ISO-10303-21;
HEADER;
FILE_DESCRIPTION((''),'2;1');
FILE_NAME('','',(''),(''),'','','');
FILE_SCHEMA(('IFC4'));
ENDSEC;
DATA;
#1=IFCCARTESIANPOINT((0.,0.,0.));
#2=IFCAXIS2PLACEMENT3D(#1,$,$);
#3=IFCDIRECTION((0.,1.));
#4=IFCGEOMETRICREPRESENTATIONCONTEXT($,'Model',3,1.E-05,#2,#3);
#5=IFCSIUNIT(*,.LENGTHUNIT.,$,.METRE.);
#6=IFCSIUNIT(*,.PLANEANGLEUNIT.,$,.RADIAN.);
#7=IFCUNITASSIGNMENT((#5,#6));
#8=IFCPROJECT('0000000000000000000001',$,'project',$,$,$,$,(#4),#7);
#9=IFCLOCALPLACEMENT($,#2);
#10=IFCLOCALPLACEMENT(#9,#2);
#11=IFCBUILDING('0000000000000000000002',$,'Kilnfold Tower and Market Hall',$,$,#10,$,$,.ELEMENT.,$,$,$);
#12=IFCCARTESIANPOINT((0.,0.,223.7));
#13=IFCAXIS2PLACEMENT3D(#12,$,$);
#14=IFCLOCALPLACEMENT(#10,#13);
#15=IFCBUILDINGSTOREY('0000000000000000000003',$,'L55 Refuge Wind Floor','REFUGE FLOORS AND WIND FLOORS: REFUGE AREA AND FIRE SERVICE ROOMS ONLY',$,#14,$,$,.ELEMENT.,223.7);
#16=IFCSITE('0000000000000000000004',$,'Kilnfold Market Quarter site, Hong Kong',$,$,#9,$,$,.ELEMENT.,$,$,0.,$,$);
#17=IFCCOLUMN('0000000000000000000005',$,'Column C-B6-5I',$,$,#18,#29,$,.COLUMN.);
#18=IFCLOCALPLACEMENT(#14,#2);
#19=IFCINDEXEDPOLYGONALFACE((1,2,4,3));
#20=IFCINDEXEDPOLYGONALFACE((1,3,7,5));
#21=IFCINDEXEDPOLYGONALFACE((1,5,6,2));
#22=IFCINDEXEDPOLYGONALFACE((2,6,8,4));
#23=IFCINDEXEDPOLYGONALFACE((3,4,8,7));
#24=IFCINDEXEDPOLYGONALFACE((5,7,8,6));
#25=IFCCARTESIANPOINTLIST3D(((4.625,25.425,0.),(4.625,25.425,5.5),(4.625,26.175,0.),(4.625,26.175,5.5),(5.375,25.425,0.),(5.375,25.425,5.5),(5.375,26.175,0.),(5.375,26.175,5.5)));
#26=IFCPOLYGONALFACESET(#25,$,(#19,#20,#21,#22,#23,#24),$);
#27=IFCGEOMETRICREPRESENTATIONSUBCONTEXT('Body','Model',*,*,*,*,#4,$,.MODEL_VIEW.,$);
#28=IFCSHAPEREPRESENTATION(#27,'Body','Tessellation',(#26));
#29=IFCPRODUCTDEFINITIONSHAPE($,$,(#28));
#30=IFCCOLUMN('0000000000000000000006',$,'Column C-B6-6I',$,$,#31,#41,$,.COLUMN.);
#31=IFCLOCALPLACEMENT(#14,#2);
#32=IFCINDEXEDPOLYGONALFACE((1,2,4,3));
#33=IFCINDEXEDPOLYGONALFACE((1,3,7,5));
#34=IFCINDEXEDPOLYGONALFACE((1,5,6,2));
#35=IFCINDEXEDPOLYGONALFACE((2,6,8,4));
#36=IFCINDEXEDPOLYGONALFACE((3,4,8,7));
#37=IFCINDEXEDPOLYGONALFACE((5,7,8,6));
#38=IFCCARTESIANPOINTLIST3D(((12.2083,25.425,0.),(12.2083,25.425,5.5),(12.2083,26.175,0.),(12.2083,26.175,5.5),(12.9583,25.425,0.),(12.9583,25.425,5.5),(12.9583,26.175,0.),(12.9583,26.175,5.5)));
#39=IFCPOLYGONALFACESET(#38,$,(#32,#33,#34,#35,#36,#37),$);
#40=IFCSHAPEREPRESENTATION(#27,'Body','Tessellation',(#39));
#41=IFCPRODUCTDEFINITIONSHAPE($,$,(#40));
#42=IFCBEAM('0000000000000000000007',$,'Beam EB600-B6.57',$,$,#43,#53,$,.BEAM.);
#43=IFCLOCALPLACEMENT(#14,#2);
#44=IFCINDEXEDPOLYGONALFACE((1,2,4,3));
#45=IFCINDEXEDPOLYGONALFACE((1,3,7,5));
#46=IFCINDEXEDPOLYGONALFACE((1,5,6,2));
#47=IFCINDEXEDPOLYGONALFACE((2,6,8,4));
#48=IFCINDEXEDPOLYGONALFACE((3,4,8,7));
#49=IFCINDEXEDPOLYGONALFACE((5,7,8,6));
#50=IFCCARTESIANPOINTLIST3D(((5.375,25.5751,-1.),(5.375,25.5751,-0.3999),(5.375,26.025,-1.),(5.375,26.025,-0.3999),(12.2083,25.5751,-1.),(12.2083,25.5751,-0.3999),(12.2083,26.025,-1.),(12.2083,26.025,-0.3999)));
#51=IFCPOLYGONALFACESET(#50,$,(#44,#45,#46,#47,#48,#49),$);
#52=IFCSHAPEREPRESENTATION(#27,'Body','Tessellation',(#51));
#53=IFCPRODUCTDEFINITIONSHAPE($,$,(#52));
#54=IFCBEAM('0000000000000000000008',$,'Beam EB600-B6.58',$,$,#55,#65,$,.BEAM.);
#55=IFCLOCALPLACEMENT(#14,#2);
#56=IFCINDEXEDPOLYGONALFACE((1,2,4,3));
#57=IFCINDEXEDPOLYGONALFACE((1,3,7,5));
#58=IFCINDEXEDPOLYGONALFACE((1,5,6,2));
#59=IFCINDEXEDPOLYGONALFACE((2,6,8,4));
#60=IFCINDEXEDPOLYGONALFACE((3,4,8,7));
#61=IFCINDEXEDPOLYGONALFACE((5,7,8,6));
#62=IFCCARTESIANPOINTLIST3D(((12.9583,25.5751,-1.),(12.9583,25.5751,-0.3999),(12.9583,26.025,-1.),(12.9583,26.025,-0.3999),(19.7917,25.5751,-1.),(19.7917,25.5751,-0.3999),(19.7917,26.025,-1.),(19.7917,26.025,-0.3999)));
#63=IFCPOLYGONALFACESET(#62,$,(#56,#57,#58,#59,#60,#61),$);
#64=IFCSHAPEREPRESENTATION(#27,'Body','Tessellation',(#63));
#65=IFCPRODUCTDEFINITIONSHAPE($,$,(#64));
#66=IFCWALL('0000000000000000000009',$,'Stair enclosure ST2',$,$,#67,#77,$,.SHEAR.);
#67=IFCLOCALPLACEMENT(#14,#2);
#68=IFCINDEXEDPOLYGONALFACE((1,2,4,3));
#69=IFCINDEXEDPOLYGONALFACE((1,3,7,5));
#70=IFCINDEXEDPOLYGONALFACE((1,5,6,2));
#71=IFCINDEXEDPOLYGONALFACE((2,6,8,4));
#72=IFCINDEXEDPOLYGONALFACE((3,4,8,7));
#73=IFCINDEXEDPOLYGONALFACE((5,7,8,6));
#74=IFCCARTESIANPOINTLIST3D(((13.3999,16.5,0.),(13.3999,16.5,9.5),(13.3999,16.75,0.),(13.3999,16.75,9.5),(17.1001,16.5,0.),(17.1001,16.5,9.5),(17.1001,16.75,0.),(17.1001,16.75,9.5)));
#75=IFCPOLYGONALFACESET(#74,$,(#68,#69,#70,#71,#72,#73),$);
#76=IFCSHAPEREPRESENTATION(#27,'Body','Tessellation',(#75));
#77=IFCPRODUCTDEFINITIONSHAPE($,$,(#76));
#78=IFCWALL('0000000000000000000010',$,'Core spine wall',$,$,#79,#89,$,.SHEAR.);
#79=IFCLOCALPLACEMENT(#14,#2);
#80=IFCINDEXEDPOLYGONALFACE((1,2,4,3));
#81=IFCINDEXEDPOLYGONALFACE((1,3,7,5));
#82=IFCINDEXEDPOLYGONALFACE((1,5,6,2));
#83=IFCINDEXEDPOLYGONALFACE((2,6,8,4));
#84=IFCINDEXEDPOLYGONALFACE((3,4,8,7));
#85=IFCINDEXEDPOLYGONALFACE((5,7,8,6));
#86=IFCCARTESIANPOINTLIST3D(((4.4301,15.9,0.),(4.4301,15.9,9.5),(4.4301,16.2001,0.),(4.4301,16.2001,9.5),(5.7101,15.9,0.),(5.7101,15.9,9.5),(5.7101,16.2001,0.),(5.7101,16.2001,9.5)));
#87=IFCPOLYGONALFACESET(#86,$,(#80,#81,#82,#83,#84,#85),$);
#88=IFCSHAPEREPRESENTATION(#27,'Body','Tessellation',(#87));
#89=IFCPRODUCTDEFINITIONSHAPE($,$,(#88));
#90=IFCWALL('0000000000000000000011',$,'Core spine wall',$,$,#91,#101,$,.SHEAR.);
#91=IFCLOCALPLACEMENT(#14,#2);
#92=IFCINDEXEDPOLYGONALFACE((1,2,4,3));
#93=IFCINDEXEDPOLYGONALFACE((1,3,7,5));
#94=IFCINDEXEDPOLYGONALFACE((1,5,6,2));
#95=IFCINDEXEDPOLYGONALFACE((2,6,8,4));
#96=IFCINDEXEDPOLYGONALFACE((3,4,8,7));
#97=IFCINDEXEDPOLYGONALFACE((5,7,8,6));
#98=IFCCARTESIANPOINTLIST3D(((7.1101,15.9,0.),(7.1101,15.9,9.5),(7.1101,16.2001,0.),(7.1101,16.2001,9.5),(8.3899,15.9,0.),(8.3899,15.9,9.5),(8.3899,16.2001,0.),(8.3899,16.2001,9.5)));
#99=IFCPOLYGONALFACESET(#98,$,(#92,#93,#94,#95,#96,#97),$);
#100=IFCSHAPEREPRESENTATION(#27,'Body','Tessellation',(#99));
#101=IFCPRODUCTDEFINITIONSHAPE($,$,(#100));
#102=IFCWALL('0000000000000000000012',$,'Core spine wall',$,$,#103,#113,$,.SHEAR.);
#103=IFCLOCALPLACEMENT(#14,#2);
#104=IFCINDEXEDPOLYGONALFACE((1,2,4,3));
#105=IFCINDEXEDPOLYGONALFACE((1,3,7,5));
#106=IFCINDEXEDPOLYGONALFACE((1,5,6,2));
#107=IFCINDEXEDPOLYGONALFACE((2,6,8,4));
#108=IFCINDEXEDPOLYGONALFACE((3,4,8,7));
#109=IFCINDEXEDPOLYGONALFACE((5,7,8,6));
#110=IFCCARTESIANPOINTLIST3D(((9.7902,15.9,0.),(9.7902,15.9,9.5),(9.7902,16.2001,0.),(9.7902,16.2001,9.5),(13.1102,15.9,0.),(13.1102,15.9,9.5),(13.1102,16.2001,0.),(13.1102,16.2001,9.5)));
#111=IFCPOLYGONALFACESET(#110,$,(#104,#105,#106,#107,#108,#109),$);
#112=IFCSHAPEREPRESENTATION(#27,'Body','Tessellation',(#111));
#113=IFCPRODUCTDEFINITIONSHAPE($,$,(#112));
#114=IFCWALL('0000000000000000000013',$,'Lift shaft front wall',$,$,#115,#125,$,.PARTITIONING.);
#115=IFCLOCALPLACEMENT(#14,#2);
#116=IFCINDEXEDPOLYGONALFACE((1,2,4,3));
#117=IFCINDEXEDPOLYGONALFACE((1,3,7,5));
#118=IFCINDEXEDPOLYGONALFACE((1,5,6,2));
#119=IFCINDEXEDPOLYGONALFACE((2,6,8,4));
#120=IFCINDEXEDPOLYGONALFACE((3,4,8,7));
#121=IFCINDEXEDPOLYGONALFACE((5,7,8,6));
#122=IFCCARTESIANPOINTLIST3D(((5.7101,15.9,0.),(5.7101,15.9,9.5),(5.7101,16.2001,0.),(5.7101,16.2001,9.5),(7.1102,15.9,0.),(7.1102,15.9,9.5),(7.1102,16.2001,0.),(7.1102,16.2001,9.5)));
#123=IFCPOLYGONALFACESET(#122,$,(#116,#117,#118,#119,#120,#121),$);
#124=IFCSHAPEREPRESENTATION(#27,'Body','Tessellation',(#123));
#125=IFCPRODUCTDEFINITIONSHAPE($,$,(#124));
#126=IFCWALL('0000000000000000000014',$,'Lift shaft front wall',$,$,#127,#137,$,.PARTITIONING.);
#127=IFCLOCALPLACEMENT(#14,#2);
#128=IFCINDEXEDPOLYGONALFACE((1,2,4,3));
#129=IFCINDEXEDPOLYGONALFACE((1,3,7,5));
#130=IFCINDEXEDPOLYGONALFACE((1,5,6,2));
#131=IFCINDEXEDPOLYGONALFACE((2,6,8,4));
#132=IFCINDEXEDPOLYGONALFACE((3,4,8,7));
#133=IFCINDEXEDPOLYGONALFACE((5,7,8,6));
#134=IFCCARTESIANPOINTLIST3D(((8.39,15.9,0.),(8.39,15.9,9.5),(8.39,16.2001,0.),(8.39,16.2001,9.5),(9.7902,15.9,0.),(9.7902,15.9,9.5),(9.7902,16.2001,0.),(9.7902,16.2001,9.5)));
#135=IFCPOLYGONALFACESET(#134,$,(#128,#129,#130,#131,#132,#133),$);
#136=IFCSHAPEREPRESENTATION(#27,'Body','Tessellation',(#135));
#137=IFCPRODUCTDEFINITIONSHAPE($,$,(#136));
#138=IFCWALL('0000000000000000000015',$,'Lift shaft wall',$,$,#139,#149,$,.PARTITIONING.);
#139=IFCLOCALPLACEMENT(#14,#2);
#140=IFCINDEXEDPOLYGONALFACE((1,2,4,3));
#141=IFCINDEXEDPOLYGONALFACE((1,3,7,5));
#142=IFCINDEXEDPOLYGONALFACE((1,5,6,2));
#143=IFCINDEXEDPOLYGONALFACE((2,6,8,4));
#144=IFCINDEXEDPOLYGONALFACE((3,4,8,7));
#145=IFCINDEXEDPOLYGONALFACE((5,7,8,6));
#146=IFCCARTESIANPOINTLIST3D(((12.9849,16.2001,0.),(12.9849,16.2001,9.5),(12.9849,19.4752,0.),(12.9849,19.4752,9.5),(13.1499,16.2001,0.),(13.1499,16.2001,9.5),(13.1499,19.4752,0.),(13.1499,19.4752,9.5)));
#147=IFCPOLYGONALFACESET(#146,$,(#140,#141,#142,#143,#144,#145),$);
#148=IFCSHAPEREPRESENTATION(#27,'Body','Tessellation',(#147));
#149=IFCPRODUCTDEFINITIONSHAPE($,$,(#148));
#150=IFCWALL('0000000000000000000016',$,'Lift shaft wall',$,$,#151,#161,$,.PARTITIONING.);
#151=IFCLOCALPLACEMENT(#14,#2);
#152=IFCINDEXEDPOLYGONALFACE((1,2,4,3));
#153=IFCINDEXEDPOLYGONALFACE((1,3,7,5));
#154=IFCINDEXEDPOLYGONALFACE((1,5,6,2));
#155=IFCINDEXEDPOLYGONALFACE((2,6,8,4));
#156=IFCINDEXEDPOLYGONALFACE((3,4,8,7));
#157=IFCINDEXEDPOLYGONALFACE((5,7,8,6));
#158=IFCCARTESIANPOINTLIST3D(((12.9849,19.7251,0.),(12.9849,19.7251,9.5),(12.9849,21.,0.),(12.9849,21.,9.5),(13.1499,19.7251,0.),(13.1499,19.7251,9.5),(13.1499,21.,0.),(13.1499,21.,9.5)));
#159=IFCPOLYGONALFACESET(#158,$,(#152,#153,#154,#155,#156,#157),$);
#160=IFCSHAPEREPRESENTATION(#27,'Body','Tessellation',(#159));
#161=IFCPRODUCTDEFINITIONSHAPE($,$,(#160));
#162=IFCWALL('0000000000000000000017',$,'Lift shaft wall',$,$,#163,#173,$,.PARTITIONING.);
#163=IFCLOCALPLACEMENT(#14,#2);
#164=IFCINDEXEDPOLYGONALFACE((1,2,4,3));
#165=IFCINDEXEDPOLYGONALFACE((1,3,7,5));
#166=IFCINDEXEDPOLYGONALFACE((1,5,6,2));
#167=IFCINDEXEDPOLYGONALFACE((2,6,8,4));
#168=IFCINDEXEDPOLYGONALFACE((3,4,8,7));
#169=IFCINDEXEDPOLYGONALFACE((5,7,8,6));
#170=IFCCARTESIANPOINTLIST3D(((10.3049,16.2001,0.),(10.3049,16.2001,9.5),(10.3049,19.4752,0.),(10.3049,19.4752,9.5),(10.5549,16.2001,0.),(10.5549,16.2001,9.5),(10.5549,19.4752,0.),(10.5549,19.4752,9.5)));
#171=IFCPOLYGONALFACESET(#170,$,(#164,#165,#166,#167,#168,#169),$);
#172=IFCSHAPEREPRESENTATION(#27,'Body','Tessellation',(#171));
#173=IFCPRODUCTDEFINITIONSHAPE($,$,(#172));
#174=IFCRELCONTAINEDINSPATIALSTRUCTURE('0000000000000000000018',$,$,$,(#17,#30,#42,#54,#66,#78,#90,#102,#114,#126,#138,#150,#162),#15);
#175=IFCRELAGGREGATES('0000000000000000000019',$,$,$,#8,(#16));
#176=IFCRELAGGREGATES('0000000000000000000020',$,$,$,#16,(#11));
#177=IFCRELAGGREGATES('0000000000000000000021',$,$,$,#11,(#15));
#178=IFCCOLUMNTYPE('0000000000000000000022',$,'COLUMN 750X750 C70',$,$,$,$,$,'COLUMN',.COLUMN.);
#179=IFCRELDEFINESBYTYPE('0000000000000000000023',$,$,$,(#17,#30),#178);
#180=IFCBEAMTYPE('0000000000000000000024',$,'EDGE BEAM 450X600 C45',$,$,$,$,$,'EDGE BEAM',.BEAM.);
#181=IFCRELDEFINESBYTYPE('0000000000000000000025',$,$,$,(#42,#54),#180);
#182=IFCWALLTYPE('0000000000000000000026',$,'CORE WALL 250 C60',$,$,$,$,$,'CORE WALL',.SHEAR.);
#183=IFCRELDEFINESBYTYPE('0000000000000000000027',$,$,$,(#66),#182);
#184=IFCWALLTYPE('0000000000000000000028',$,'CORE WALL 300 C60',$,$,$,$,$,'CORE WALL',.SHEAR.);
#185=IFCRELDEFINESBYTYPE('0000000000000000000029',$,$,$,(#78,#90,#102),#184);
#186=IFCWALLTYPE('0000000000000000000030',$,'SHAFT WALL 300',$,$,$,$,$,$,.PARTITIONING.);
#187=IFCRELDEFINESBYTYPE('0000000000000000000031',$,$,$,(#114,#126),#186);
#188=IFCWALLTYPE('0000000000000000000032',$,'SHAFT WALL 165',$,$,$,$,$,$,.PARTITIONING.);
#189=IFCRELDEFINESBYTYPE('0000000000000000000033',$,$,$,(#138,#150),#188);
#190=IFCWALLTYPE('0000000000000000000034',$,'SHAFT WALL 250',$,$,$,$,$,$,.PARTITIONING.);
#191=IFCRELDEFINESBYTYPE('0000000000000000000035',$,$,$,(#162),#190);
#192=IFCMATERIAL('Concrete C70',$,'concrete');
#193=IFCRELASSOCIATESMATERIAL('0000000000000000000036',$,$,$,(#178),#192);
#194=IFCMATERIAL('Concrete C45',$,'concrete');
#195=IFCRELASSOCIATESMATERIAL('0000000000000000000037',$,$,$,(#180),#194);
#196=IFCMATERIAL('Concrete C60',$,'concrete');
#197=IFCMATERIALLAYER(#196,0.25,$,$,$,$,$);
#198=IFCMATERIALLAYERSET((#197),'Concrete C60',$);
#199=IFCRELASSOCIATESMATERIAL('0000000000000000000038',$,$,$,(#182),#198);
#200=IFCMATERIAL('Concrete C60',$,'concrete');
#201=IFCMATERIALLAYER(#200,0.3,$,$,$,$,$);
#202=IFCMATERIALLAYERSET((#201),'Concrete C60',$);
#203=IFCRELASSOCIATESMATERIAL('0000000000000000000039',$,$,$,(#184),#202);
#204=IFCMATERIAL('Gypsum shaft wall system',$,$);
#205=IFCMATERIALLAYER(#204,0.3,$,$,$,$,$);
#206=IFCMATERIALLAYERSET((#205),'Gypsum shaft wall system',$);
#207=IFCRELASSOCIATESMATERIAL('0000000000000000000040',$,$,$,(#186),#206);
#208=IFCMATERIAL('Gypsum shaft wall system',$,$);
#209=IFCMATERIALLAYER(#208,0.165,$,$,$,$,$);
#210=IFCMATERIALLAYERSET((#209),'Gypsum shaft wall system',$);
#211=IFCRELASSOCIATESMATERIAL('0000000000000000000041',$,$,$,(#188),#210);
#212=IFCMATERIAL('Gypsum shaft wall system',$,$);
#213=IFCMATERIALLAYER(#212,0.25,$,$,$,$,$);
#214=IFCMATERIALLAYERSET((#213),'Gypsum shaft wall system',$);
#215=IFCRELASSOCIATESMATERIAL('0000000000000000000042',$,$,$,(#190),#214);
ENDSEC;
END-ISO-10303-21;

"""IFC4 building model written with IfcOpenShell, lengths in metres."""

from ifc_helpers import new_model, si_unit, direction, frame, frame_2d, origin, origin_2d, place, context, subcontext, project, spatial, rectangle, extrude, source, transform, mapped, material, layer, layer_set, material_profile, profile_set, type_object, element, save


model = new_model("IFC4")

# Units and contexts
model_context = context("Model", 3, precision=1e-05, world=origin(), true_north=direction((0.0, 1.0)))
body_context = subcontext(model_context, "Body", "Model", "MODEL_VIEW")
ifc_project = project(units=[si_unit("LENGTHUNIT", "METRE"), si_unit("PLANEANGLEUNIT", "RADIAN")], contexts=[model_context])

# Site, building, storey
site_placement = place(None, origin())
site = spatial("IfcSite", under=ifc_project, at=site_placement, Name="Kilnfold Market Quarter site, Hong Kong", CompositionType="ELEMENT", RefElevation=0.0)
building_placement = place(site_placement, origin())
building = spatial("IfcBuilding", under=site, at=building_placement, Name="Kilnfold Tower and Market Hall", CompositionType="ELEMENT")
storey_placement = place(building_placement, frame((0.0, 0.0, 223.7)))
storey = spatial("IfcBuildingStorey", under=building, at=storey_placement, Name="L55 Refuge Wind Floor", Description="REFUGE FLOORS AND WIND FLOORS: REFUGE AREA AND FIRE SERVICE ROOMS ONLY", CompositionType="ELEMENT", Elevation=223.7)

# Columns
ifc_material_1 = material(Name="Concrete C70", Category="concrete")
ifc_material_profile_1 = material_profile(ifc_material_1, rectangle(XDim=0.75, YDim=0.75, at=origin_2d()), Name="RC 750x750")
ifc_profile_set_1 = profile_set([ifc_material_profile_1], Name="Concrete C70")
column_type = type_object("IfcColumnType", Name="COLUMN 750X750 C70", ElementType="COLUMN", PredefinedType="COLUMN", material=ifc_profile_set_1)
shared_shape_1 = source(origin(), body_context, "Body", "SweptSolid", [
    extrude(rectangle(XDim=0.75, YDim=0.75, at=origin_2d()), origin(), (0.0, 0.0, 1.0), 5.5),
])
for number, where, z_axis, x_axis, name in (
    (1, (5.0, 25.8, 0.0), (0.0, 0.0, 1.0), (1.0, 0.0, 0.0), "Column C-B6-5I"),
    (2, (12.5833, 25.8, 0.0), (0.0, 0.0, 1.0), (1.0, 0.0, 0.0), "Column C-B6-6I"),
):
    element("IfcColumn", number, at=place(storey_placement, frame(where, z_axis=z_axis, x_axis=x_axis)), inside=storey, type_object=column_type, Name=name, PredefinedType="COLUMN", context=body_context, shape_type="MappedRepresentation", body=[
        mapped(shared_shape_1, transform((0.0, 0.0, 0.0))),
    ])

# Beams
ifc_material_2 = material(Name="Concrete C45", Category="concrete")
ifc_material_profile_2 = material_profile(ifc_material_2, rectangle(XDim=0.45, YDim=0.6001, at=origin_2d()), Name="RC 450x600")
ifc_profile_set_2 = profile_set([ifc_material_profile_2], Name="Concrete C45")
beam_type = type_object("IfcBeamType", Name="EDGE BEAM 450X600 C45", ElementType="EDGE BEAM", PredefinedType="BEAM", material=ifc_profile_set_2)
shared_shape_2 = source(origin(), body_context, "Body", "SweptSolid", [
    extrude(rectangle(XDim=0.45, YDim=0.6001, at=origin_2d()), origin(), (0.0, 0.0, 1.0), 6.8333),
])
beam_1_placement = place(storey_placement, frame((5.375, 25.8, -0.7), z_axis=(1.0, 0.0, 0.0), x_axis=(0.0, 1.0, 0.0)))
element("IfcBeam", 3, at=beam_1_placement, inside=storey, type_object=beam_type, Name="Beam EB600-B6.57", PredefinedType="BEAM", context=body_context, shape_type="MappedRepresentation", body=[
    mapped(shared_shape_2, transform((0.0, 0.0, 0.0))),
])
shared_shape_3 = source(origin(), body_context, "Body", "SweptSolid", [
    extrude(rectangle(XDim=0.45, YDim=0.6001, at=origin_2d()), origin(), (0.0, 0.0, 1.0), 6.8335),
])
beam_2_placement = place(storey_placement, frame((12.9583, 25.8, -0.7), z_axis=(1.0, 0.0, 0.0), x_axis=(0.0, 1.0, 0.0)))
element("IfcBeam", 4, at=beam_2_placement, inside=storey, type_object=beam_type, Name="Beam EB600-B6.58", PredefinedType="BEAM", context=body_context, shape_type="MappedRepresentation", body=[
    mapped(shared_shape_3, transform((0.0, 0.0, 0.0))),
])

# Walls
ifc_material_3 = material(Name="Concrete C60", Category="concrete")
ifc_layer_1 = layer(ifc_material_3, 0.25)
ifc_layer_set_1 = layer_set([ifc_layer_1], Name="Concrete C60")
wall_type_1 = type_object("IfcWallType", Name="CORE WALL 250 C60", ElementType="CORE WALL", PredefinedType="SHEAR", material=ifc_layer_set_1)
shared_shape_4 = source(origin(), body_context, "Body", "SweptSolid", [
    extrude(rectangle(XDim=3.7002, YDim=0.25, at=frame_2d((1.8501, 0.0))), origin(), (0.0, 0.0, 1.0), 9.5),
])
wall_1_placement = place(storey_placement, frame((13.3999, 16.625, 0.0), z_axis=(0.0, 0.0, 1.0), x_axis=(1.0, 0.0, 0.0)))
element("IfcWall", 5, at=wall_1_placement, inside=storey, type_object=wall_type_1, Name="Stair enclosure ST2", PredefinedType="SHEAR", context=body_context, shape_type="MappedRepresentation", body=[
    mapped(shared_shape_4, transform((0.0, 0.0, 0.0))),
])
ifc_material_4 = material(Name="Concrete C60", Category="concrete")
ifc_layer_2 = layer(ifc_material_4, 0.3)
ifc_layer_set_2 = layer_set([ifc_layer_2], Name="Concrete C60")
wall_type_2 = type_object("IfcWallType", Name="CORE WALL 300 C60", ElementType="CORE WALL", PredefinedType="SHEAR", material=ifc_layer_set_2)
shared_shape_5 = source(origin(), body_context, "Body", "SweptSolid", [
    extrude(rectangle(XDim=1.28, YDim=0.3, at=frame_2d((0.6401, 0.0))), origin(), (0.0, 0.0, 1.0), 9.5),
])
wall_2_placement = place(storey_placement, frame((4.4299, 16.05, 0.0), z_axis=(0.0, 0.0, 1.0), x_axis=(1.0, 0.0, 0.0)))
element("IfcWall", 6, at=wall_2_placement, inside=storey, type_object=wall_type_2, Name="Core spine wall", PredefinedType="SHEAR", context=body_context, shape_type="MappedRepresentation", body=[
    mapped(shared_shape_5, transform((0.0, 0.0, 0.0))),
])
shared_shape_6 = source(origin(), body_context, "Body", "SweptSolid", [
    extrude(rectangle(XDim=1.2798, YDim=0.3, at=frame_2d((0.6399, 0.0))), origin(), (0.0, 0.0, 1.0), 9.5),
])
wall_3_placement = place(storey_placement, frame((7.1101, 16.05, 0.0), z_axis=(0.0, 0.0, 1.0), x_axis=(1.0, 0.0, 0.0)))
element("IfcWall", 7, at=wall_3_placement, inside=storey, type_object=wall_type_2, Name="Core spine wall", PredefinedType="SHEAR", context=body_context, shape_type="MappedRepresentation", body=[
    mapped(shared_shape_6, transform((0.0, 0.0, 0.0))),
])
shared_shape_7 = source(origin(), body_context, "Body", "SweptSolid", [
    extrude(rectangle(XDim=3.3201, YDim=0.3, at=frame_2d((1.6602, 0.0))), origin(), (0.0, 0.0, 1.0), 9.5),
])
wall_4_placement = place(storey_placement, frame((9.79, 16.05, 0.0), z_axis=(0.0, 0.0, 1.0), x_axis=(1.0, 0.0, 0.0)))
element("IfcWall", 8, at=wall_4_placement, inside=storey, type_object=wall_type_2, Name="Core spine wall", PredefinedType="SHEAR", context=body_context, shape_type="MappedRepresentation", body=[
    mapped(shared_shape_7, transform((0.0, 0.0, 0.0))),
])
ifc_material_5 = material(Name="Gypsum shaft wall system")
ifc_layer_3 = layer(ifc_material_5, 0.3)
ifc_layer_set_3 = layer_set([ifc_layer_3], Name="Gypsum shaft wall system")
wall_type_3 = type_object("IfcWallType", Name="SHAFT WALL 300", PredefinedType="PARTITIONING", material=ifc_layer_set_3)
shared_shape_8 = source(origin(), body_context, "Body", "SweptSolid", [
    extrude(rectangle(XDim=1.4001, YDim=0.3, at=frame_2d((0.7002, 0.0))), origin(), (0.0, 0.0, 1.0), 9.5),
])
for number, where, z_axis, x_axis, name in (
    (9, (5.71, 16.05, 0.0), (0.0, 0.0, 1.0), (1.0, 0.0, 0.0), "Lift shaft front wall"),
    (10, (8.3899, 16.05, 0.0), (0.0, 0.0, 1.0), (1.0, 0.0, 0.0), "Lift shaft front wall"),
):
    element("IfcWall", number, at=place(storey_placement, frame(where, z_axis=z_axis, x_axis=x_axis)), inside=storey, type_object=wall_type_3, Name=name, PredefinedType="PARTITIONING", context=body_context, shape_type="MappedRepresentation", body=[
        mapped(shared_shape_8, transform((0.0, 0.0, 0.0))),
    ])
ifc_material_6 = material(Name="Gypsum shaft wall system")
ifc_layer_4 = layer(ifc_material_6, 0.165)
ifc_layer_set_4 = layer_set([ifc_layer_4], Name="Gypsum shaft wall system")
wall_type_4 = type_object("IfcWallType", Name="SHAFT WALL 165", PredefinedType="PARTITIONING", material=ifc_layer_set_4)
shared_shape_9 = source(origin(), body_context, "Body", "SweptSolid", [
    extrude(rectangle(XDim=3.2751, YDim=0.165, at=frame_2d((1.6377, 0.0))), origin(), (0.0, 0.0, 1.0), 9.5),
])
wall_5_placement = place(storey_placement, frame((13.0674, 16.2, 0.0), z_axis=(0.0, 0.0, 1.0), x_axis=(0.0, 1.0, 0.0)))
element("IfcWall", 11, at=wall_5_placement, inside=storey, type_object=wall_type_4, Name="Lift shaft wall", PredefinedType="PARTITIONING", context=body_context, shape_type="MappedRepresentation", body=[
    mapped(shared_shape_9, transform((0.0, 0.0, 0.0))),
])
shared_shape_10 = source(origin(), body_context, "Body", "SweptSolid", [
    extrude(rectangle(XDim=1.2749, YDim=0.165, at=frame_2d((0.6375, 0.0))), origin(), (0.0, 0.0, 1.0), 9.5),
])
wall_6_placement = place(storey_placement, frame((13.0674, 19.7251, 0.0), z_axis=(0.0, 0.0, 1.0), x_axis=(0.0, 1.0, 0.0)))
element("IfcWall", 12, at=wall_6_placement, inside=storey, type_object=wall_type_4, Name="Lift shaft wall", PredefinedType="PARTITIONING", context=body_context, shape_type="MappedRepresentation", body=[
    mapped(shared_shape_10, transform((0.0, 0.0, 0.0))),
])
ifc_material_7 = material(Name="Gypsum shaft wall system")
ifc_layer_5 = layer(ifc_material_7, 0.25)
ifc_layer_set_5 = layer_set([ifc_layer_5], Name="Gypsum shaft wall system")
wall_type_5 = type_object("IfcWallType", Name="SHAFT WALL 250", PredefinedType="PARTITIONING", material=ifc_layer_set_5)
shared_shape_11 = source(origin(), body_context, "Body", "SweptSolid", [
    extrude(rectangle(XDim=3.2751, YDim=0.25, at=frame_2d((1.6377, 0.0))), origin(), (0.0, 0.0, 1.0), 9.5),
])
for number, where, z_axis, x_axis, name in (
    (13, (10.4299, 16.2, 0.0), (0.0, 0.0, 1.0), (0.0, 1.0, 0.0), "Lift shaft wall"),
):
    element("IfcWall", number, at=place(storey_placement, frame(where, z_axis=z_axis, x_axis=x_axis)), inside=storey, type_object=wall_type_5, Name=name, PredefinedType="PARTITIONING", context=body_context, shape_type="MappedRepresentation", body=[
        mapped(shared_shape_11, transform((0.0, 0.0, 0.0))),
    ])

save(model, "model.ifc")
